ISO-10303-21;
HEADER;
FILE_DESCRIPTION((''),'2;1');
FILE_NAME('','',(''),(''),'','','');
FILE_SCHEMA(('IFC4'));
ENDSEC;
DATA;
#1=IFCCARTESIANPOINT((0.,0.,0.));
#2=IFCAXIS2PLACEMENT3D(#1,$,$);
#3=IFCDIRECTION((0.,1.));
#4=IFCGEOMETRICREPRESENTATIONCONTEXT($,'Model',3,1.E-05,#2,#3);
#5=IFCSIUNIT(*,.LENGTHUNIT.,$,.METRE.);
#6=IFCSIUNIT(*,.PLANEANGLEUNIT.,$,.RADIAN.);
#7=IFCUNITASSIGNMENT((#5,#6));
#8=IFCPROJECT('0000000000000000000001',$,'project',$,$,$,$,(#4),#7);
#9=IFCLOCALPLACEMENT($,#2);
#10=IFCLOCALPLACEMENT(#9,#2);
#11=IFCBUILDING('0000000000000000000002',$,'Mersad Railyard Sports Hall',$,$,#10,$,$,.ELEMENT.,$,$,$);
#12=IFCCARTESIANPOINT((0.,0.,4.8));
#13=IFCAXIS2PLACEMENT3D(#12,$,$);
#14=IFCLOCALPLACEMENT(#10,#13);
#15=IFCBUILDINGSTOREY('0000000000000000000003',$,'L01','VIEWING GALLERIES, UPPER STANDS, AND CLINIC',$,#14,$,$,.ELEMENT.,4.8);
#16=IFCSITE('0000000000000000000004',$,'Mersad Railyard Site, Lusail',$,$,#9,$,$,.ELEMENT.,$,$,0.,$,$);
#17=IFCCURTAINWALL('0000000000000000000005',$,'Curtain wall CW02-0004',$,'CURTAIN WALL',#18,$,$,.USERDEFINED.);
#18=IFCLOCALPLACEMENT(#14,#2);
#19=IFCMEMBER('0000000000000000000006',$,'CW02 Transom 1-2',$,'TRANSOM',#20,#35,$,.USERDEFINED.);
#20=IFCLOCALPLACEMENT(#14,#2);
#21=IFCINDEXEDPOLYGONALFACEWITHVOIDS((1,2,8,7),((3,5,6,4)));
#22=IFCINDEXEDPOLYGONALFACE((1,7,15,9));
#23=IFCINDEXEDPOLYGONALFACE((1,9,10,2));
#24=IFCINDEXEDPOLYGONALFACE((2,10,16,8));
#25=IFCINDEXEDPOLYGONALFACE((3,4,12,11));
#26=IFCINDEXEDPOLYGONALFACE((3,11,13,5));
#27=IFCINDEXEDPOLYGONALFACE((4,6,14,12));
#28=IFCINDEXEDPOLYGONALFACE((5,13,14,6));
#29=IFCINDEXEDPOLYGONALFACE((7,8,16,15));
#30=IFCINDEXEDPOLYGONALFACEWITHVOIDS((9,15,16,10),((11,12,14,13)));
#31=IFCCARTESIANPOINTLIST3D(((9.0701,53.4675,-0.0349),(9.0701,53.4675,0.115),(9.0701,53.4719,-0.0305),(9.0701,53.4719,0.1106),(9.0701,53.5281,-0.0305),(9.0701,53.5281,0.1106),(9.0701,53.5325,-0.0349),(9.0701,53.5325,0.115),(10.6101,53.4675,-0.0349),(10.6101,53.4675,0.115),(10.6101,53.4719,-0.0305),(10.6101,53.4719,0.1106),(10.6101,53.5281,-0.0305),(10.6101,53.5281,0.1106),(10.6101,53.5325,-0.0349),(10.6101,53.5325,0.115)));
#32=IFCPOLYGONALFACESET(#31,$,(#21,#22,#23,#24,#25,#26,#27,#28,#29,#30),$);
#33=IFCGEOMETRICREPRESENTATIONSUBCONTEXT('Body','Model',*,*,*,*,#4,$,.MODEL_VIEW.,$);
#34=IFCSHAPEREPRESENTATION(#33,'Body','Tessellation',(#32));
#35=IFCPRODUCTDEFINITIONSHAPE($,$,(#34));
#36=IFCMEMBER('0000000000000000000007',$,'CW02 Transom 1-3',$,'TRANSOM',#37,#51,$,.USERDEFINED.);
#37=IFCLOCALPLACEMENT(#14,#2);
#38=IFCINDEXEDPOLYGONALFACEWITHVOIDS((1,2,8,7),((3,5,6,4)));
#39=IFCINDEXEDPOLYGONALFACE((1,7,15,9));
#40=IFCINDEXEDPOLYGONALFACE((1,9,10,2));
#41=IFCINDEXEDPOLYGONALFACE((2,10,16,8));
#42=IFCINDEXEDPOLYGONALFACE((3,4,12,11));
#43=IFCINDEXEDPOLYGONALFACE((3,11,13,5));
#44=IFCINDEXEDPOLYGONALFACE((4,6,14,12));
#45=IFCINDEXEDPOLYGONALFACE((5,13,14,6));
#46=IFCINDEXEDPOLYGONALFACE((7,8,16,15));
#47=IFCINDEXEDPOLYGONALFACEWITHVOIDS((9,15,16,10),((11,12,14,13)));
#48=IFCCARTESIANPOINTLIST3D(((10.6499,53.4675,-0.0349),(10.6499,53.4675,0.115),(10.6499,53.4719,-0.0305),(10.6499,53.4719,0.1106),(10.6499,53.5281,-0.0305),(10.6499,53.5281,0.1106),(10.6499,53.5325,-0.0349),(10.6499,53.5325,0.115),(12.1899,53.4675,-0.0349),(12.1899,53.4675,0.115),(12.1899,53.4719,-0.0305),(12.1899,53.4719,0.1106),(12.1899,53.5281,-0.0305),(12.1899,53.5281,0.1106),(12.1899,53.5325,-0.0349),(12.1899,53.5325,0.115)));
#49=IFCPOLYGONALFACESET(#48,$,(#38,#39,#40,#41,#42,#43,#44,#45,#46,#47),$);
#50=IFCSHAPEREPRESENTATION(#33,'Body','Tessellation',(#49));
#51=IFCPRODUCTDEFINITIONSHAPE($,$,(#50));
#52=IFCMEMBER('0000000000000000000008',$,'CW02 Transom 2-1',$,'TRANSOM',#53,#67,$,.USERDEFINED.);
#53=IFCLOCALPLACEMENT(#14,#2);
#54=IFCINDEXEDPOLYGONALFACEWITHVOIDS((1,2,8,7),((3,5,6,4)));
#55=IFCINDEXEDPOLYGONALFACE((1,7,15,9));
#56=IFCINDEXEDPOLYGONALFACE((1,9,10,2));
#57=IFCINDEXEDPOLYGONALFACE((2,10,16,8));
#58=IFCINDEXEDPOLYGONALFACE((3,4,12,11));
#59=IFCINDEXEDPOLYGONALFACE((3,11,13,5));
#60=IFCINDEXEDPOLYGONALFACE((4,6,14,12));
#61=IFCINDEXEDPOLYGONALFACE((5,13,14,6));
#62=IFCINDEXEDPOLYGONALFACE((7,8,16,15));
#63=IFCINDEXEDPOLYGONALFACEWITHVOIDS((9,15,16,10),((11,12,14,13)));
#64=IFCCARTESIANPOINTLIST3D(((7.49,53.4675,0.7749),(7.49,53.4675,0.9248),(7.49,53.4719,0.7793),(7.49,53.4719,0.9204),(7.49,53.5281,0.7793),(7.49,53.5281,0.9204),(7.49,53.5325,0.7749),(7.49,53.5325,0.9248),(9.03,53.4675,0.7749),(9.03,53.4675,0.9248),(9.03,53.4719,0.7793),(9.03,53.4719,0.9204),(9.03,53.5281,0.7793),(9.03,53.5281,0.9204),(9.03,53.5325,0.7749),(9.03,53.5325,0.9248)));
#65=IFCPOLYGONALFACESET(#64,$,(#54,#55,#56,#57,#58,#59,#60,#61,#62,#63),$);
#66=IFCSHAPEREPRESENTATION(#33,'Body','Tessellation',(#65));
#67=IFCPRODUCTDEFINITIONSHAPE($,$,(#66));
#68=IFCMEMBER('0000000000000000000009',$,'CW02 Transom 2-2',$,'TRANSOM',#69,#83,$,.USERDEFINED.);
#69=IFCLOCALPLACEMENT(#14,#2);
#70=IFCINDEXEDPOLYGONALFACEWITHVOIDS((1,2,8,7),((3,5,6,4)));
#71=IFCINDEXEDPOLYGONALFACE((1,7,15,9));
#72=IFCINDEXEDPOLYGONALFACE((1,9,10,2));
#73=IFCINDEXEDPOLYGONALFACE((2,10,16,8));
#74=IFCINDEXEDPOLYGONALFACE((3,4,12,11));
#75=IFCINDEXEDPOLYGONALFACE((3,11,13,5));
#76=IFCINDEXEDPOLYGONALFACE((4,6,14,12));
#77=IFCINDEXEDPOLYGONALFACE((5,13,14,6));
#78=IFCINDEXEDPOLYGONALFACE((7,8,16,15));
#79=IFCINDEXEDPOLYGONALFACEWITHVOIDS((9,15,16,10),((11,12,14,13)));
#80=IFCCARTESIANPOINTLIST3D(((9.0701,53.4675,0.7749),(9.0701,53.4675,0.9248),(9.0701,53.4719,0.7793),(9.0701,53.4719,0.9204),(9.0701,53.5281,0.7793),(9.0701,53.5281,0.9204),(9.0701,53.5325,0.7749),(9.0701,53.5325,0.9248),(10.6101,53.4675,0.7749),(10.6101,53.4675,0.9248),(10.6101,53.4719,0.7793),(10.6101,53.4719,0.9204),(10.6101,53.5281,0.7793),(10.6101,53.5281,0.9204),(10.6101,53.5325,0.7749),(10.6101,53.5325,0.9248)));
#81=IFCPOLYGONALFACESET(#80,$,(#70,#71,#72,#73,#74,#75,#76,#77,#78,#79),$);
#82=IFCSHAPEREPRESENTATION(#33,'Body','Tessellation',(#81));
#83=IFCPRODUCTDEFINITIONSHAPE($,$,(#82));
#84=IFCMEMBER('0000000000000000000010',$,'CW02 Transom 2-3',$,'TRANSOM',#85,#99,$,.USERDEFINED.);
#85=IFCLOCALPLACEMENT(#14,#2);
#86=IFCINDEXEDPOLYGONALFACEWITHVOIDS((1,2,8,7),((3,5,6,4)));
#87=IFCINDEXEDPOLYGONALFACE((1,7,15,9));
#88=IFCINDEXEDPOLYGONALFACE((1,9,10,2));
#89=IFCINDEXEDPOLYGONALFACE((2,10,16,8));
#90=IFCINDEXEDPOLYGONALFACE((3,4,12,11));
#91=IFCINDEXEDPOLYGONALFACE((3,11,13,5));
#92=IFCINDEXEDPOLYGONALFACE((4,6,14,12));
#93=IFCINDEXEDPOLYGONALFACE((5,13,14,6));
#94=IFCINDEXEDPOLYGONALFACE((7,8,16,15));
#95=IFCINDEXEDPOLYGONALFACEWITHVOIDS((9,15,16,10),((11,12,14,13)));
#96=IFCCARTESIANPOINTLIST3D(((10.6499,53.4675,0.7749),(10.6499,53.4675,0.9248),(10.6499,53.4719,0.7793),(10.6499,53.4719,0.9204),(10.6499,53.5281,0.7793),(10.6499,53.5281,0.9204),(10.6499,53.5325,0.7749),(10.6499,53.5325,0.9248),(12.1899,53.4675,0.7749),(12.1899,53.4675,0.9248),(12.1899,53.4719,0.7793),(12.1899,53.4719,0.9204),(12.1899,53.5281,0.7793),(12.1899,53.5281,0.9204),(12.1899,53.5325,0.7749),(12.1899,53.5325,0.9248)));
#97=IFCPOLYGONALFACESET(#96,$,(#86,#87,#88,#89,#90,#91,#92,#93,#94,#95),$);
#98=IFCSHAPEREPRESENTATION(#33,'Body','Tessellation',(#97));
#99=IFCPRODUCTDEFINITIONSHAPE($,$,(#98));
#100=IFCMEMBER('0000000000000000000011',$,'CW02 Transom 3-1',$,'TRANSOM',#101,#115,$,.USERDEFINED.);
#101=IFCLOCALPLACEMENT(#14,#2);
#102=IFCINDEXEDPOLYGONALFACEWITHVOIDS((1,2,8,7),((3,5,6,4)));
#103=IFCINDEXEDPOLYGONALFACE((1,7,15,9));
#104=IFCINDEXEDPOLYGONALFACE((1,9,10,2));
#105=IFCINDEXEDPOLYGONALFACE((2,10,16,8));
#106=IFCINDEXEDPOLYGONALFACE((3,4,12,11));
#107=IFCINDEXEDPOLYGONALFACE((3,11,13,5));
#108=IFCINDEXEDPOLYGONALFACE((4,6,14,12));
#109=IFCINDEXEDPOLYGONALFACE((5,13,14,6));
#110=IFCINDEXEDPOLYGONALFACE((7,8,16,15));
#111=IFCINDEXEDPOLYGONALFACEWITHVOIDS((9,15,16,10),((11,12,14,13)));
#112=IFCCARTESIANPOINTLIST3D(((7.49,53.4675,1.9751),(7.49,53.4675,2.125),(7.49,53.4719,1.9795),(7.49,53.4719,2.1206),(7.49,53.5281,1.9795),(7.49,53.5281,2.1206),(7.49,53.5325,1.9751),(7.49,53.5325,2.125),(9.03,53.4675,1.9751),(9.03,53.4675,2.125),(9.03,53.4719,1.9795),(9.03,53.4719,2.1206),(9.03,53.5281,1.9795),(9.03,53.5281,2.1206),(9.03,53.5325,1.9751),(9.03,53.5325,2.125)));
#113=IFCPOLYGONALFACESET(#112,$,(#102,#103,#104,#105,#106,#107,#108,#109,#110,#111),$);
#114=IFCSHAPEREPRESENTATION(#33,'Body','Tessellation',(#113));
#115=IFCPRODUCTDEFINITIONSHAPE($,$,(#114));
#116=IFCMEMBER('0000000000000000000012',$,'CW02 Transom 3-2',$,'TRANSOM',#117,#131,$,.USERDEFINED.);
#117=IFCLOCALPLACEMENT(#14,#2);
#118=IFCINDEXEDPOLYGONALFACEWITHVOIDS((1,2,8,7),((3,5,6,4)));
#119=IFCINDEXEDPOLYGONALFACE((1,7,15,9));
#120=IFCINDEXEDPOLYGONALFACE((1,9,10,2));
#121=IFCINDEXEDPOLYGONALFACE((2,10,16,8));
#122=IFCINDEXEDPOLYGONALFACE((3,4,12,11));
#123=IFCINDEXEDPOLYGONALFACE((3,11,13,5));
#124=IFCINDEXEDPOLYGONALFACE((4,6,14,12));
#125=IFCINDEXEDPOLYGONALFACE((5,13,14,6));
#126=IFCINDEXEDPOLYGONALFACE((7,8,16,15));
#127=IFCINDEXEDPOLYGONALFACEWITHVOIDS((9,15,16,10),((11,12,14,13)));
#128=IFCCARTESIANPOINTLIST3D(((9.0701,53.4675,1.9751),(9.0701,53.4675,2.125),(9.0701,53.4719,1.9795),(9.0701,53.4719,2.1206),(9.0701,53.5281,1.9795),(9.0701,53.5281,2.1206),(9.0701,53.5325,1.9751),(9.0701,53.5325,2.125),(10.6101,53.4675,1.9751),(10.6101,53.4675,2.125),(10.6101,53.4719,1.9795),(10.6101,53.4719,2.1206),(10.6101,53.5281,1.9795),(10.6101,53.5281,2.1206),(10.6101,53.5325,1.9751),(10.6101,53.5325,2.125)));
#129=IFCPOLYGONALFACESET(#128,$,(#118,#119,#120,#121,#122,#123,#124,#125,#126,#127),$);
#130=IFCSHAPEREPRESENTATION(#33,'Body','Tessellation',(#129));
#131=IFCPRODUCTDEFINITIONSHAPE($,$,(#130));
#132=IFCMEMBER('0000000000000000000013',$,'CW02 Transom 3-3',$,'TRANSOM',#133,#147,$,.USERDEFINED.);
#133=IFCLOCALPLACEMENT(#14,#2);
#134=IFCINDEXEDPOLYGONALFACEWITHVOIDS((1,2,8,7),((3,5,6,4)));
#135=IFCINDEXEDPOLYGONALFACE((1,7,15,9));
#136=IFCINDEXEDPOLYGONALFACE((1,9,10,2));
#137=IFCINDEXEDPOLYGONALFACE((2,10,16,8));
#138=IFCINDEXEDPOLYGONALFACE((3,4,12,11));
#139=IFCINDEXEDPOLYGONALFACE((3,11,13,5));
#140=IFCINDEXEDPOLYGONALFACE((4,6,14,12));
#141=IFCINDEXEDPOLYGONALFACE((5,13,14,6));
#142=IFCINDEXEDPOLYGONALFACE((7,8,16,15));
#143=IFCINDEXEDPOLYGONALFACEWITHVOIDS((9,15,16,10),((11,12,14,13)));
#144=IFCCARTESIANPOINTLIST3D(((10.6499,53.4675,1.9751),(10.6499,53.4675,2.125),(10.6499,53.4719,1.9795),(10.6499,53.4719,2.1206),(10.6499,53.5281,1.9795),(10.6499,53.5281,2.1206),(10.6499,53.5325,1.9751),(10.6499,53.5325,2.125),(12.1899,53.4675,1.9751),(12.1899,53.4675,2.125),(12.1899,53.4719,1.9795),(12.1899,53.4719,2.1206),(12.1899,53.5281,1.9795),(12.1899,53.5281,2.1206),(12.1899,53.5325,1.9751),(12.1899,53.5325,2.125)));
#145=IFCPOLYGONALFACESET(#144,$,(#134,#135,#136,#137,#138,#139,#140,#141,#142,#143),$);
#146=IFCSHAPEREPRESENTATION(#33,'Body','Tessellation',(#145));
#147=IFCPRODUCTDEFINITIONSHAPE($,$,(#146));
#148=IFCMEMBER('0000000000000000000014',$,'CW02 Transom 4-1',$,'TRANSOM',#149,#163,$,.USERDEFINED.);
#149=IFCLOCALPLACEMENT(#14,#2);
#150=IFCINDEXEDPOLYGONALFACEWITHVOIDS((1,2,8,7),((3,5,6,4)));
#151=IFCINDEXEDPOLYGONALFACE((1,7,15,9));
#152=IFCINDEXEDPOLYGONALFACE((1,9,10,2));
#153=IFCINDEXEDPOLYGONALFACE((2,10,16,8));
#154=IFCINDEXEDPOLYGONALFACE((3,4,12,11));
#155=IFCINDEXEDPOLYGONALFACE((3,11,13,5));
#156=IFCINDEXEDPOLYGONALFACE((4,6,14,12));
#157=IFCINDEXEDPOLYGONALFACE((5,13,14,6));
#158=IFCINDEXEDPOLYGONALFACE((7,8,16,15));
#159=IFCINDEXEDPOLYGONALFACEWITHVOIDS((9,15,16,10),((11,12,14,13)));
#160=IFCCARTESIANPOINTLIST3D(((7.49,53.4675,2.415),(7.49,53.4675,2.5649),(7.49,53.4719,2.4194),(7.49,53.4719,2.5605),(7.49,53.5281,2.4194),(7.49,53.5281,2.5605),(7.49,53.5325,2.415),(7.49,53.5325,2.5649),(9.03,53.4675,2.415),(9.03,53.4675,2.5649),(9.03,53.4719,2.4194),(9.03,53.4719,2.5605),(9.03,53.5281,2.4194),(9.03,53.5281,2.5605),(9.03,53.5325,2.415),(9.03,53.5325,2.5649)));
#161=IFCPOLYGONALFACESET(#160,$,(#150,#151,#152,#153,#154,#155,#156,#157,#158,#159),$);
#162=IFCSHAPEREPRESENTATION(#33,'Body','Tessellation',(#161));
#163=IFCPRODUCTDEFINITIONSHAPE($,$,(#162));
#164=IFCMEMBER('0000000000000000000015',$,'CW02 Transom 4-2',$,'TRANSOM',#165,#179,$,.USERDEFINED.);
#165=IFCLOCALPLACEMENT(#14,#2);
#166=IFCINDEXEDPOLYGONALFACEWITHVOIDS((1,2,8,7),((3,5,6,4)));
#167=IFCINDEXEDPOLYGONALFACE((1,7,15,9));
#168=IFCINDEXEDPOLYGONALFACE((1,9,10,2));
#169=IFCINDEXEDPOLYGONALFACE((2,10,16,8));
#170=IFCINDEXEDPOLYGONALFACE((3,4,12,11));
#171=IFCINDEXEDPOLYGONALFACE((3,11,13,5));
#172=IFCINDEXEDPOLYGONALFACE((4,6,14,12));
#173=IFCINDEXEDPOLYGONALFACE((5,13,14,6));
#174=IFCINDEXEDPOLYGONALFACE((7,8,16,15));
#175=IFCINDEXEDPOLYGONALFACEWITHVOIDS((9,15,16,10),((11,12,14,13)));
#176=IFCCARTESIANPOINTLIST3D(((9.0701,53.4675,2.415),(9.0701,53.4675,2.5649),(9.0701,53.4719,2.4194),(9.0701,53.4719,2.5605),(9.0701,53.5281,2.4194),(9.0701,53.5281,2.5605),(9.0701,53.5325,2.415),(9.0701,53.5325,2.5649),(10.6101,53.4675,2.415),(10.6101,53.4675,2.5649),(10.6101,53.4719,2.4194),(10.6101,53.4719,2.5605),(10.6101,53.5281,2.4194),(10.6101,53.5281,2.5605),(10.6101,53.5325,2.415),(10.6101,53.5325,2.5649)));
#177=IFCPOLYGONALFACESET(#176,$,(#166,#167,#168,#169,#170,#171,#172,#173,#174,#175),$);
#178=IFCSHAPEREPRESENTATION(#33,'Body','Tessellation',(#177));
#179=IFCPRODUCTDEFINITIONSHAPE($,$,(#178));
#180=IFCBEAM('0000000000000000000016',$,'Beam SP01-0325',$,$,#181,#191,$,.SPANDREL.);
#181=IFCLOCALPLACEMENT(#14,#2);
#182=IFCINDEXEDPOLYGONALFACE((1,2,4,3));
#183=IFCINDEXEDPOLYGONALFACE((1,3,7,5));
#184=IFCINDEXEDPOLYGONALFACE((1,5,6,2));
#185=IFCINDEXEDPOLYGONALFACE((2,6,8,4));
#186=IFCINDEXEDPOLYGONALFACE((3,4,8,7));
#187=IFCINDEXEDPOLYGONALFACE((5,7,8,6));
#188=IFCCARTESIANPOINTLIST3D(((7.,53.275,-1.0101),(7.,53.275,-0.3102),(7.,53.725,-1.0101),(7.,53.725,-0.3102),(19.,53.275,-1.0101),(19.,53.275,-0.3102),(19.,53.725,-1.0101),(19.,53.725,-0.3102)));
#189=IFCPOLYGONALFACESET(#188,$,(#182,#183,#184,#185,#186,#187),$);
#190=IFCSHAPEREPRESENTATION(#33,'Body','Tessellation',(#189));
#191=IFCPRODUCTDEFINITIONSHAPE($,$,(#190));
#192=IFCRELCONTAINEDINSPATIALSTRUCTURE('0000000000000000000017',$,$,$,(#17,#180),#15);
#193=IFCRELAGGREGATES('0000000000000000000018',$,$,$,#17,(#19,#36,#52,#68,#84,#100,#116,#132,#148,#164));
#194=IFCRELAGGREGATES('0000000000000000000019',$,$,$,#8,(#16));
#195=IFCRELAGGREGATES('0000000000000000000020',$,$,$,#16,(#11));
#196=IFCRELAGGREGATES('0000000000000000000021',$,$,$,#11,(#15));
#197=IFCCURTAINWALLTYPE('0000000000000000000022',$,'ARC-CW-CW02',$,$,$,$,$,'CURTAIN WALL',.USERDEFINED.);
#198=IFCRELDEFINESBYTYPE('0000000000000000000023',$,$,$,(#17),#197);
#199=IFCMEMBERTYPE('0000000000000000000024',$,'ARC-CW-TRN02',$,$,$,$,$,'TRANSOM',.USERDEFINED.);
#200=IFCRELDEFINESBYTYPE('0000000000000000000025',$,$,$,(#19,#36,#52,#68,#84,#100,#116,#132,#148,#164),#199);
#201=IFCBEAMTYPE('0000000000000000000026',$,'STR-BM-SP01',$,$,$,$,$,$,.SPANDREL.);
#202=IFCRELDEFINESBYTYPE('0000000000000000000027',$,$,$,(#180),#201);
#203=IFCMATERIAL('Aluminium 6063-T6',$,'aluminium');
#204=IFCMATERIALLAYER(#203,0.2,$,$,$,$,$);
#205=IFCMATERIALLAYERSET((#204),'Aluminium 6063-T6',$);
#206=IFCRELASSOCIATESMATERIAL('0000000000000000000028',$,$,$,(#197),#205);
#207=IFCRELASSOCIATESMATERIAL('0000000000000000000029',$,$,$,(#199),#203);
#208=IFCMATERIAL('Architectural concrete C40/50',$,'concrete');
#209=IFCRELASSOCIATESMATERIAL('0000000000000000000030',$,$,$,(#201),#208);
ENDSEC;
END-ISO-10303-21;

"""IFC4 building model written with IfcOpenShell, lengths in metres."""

from ifc_helpers import new_model, si_unit, direction, frame, origin, origin_2d, place, context, subcontext, project, spatial, rectangle, hollow_rectangle, extrude, material, layer, layer_set, material_profile, profile_set, type_object, element, aggregate, save


model = new_model("IFC4")

# Units and contexts
model_context = context("Model", 3, precision=1e-05, world=origin(), true_north=direction((0.0, 1.0)))
body_context = subcontext(model_context, "Body", "Model", "MODEL_VIEW")
ifc_project = project(units=[si_unit("LENGTHUNIT", "METRE"), si_unit("PLANEANGLEUNIT", "RADIAN")], contexts=[model_context])

# Site, building, storey
site_placement = place(None, origin())
site = spatial("IfcSite", under=ifc_project, at=site_placement, Name="Mersad Railyard Site, Lusail", CompositionType="ELEMENT", RefElevation=0.0)
building_placement = place(site_placement, origin())
building = spatial("IfcBuilding", under=site, at=building_placement, Name="Mersad Railyard Sports Hall", CompositionType="ELEMENT")
storey_placement = place(building_placement, frame((0.0, 0.0, 4.8)))
storey = spatial("IfcBuildingStorey", under=building, at=storey_placement, Name="L01", Description="VIEWING GALLERIES, UPPER STANDS, AND CLINIC", CompositionType="ELEMENT", Elevation=4.8)

# Shared definitions
ifc_material_1 = material(Name="Aluminium 6063-T6", Category="aluminium")

# Curtain wall
ifc_layer_1 = layer(ifc_material_1, 0.2)
ifc_layer_set_1 = layer_set([ifc_layer_1], Name="Aluminium 6063-T6")
curtain_wall_type_1 = type_object("IfcCurtainWallType", Name="ARC-CW-CW02", ElementType="CURTAIN WALL", PredefinedType="USERDEFINED", material=ifc_layer_set_1)
curtain_wall_1_placement = place(storey_placement, origin())
curtain_wall_1 = element("IfcCurtainWall", 1, at=curtain_wall_1_placement, inside=storey, type_object=curtain_wall_type_1, Name="Curtain wall CW02-0004", ObjectType="CURTAIN WALL", PredefinedType="USERDEFINED")

# Members
ifc_material_profile_1 = material_profile(ifc_material_1, hollow_rectangle(XDim=0.0649, YDim=0.1499, WallThickness=0.0044, at=origin_2d()), Name="AL TRANSOM 65x150x4.5")
ifc_profile_set_1 = profile_set([ifc_material_profile_1], Name="Aluminium 6063-T6")
member_type_1 = type_object("IfcMemberType", Name="ARC-CW-TRN02", ElementType="TRANSOM", PredefinedType="USERDEFINED", material=ifc_profile_set_1)
member_1_placement = place(storey_placement, frame((9.0701, 53.5, 0.04), z_axis=(1.0, 0.0, 0.0), x_axis=(0.0, 1.0, 0.0)))
member_1 = element("IfcMember", 2, at=member_1_placement, type_object=member_type_1, Name="CW02 Transom 1-2", ObjectType="TRANSOM", PredefinedType="USERDEFINED", context=body_context, shape_type="SweptSolid", body=[
    extrude(hollow_rectangle(XDim=0.0649, YDim=0.1499, WallThickness=0.0044, at=origin_2d()), origin(), (0.0, 0.0, 1.0), 1.54),
])
member_2_placement = place(storey_placement, frame((10.6499, 53.5, 0.04), z_axis=(1.0, 0.0, 0.0), x_axis=(0.0, 1.0, 0.0)))
member_2 = element("IfcMember", 3, at=member_2_placement, type_object=member_type_1, Name="CW02 Transom 1-3", ObjectType="TRANSOM", PredefinedType="USERDEFINED", context=body_context, shape_type="SweptSolid", body=[
    extrude(hollow_rectangle(XDim=0.0649, YDim=0.1499, WallThickness=0.0044, at=origin_2d()), origin(), (0.0, 0.0, 1.0), 1.54),
])
member_3_placement = place(storey_placement, frame((7.49, 53.5, 0.8499), z_axis=(1.0, 0.0, 0.0), x_axis=(0.0, 1.0, 0.0)))
member_3 = element("IfcMember", 4, at=member_3_placement, type_object=member_type_1, Name="CW02 Transom 2-1", ObjectType="TRANSOM", PredefinedType="USERDEFINED", context=body_context, shape_type="SweptSolid", body=[
    extrude(hollow_rectangle(XDim=0.0649, YDim=0.1499, WallThickness=0.0044, at=origin_2d()), origin(), (0.0, 0.0, 1.0), 1.54),
])
member_4_placement = place(storey_placement, frame((9.0701, 53.5, 0.8499), z_axis=(1.0, 0.0, 0.0), x_axis=(0.0, 1.0, 0.0)))
member_4 = element("IfcMember", 5, at=member_4_placement, type_object=member_type_1, Name="CW02 Transom 2-2", ObjectType="TRANSOM", PredefinedType="USERDEFINED", context=body_context, shape_type="SweptSolid", body=[
    extrude(hollow_rectangle(XDim=0.0649, YDim=0.1499, WallThickness=0.0044, at=origin_2d()), origin(), (0.0, 0.0, 1.0), 1.54),
])
member_5_placement = place(storey_placement, frame((10.6499, 53.5, 0.8499), z_axis=(1.0, 0.0, 0.0), x_axis=(0.0, 1.0, 0.0)))
member_5 = element("IfcMember", 6, at=member_5_placement, type_object=member_type_1, Name="CW02 Transom 2-3", ObjectType="TRANSOM", PredefinedType="USERDEFINED", context=body_context, shape_type="SweptSolid", body=[
    extrude(hollow_rectangle(XDim=0.0649, YDim=0.1499, WallThickness=0.0044, at=origin_2d()), origin(), (0.0, 0.0, 1.0), 1.54),
])
member_6_placement = place(storey_placement, frame((7.49, 53.5, 2.05), z_axis=(1.0, 0.0, 0.0), x_axis=(0.0, 1.0, 0.0)))
member_6 = element("IfcMember", 7, at=member_6_placement, type_object=member_type_1, Name="CW02 Transom 3-1", ObjectType="TRANSOM", PredefinedType="USERDEFINED", context=body_context, shape_type="SweptSolid", body=[
    extrude(hollow_rectangle(XDim=0.0649, YDim=0.1499, WallThickness=0.0044, at=origin_2d()), origin(), (0.0, 0.0, 1.0), 1.54),
])
member_7_placement = place(storey_placement, frame((9.0701, 53.5, 2.05), z_axis=(1.0, 0.0, 0.0), x_axis=(0.0, 1.0, 0.0)))
member_7 = element("IfcMember", 8, at=member_7_placement, type_object=member_type_1, Name="CW02 Transom 3-2", ObjectType="TRANSOM", PredefinedType="USERDEFINED", context=body_context, shape_type="SweptSolid", body=[
    extrude(hollow_rectangle(XDim=0.0649, YDim=0.1499, WallThickness=0.0044, at=origin_2d()), origin(), (0.0, 0.0, 1.0), 1.54),
])
member_8_placement = place(storey_placement, frame((10.6499, 53.5, 2.05), z_axis=(1.0, 0.0, 0.0), x_axis=(0.0, 1.0, 0.0)))
member_8 = element("IfcMember", 9, at=member_8_placement, type_object=member_type_1, Name="CW02 Transom 3-3", ObjectType="TRANSOM", PredefinedType="USERDEFINED", context=body_context, shape_type="SweptSolid", body=[
    extrude(hollow_rectangle(XDim=0.0649, YDim=0.1499, WallThickness=0.0044, at=origin_2d()), origin(), (0.0, 0.0, 1.0), 1.54),
])
member_9_placement = place(storey_placement, frame((7.49, 53.5, 2.49), z_axis=(1.0, 0.0, 0.0), x_axis=(0.0, 1.0, 0.0)))
member_9 = element("IfcMember", 10, at=member_9_placement, type_object=member_type_1, Name="CW02 Transom 4-1", ObjectType="TRANSOM", PredefinedType="USERDEFINED", context=body_context, shape_type="SweptSolid", body=[
    extrude(hollow_rectangle(XDim=0.0649, YDim=0.1499, WallThickness=0.0044, at=origin_2d()), origin(), (0.0, 0.0, 1.0), 1.54),
])
member_10_placement = place(storey_placement, frame((9.0701, 53.5, 2.49), z_axis=(1.0, 0.0, 0.0), x_axis=(0.0, 1.0, 0.0)))
member_10 = element("IfcMember", 11, at=member_10_placement, type_object=member_type_1, Name="CW02 Transom 4-2", ObjectType="TRANSOM", PredefinedType="USERDEFINED", context=body_context, shape_type="SweptSolid", body=[
    extrude(hollow_rectangle(XDim=0.0649, YDim=0.1499, WallThickness=0.0044, at=origin_2d()), origin(), (0.0, 0.0, 1.0), 1.54),
])

# Beam
ifc_material_2 = material(Name="Architectural concrete C40/50", Category="concrete")
ifc_material_profile_2 = material_profile(ifc_material_2, rectangle(XDim=0.45, YDim=0.7, at=origin_2d()), Name="RC 450x700")
ifc_profile_set_2 = profile_set([ifc_material_profile_2], Name="Architectural concrete C40/50")
beam_type_1 = type_object("IfcBeamType", Name="STR-BM-SP01", PredefinedType="SPANDREL", material=ifc_profile_set_2)
beam_1_placement = place(storey_placement, frame((7.0, 53.5, -0.6602), z_axis=(1.0, 0.0, 0.0), x_axis=(0.0, 1.0, 0.0)))
element("IfcBeam", 12, at=beam_1_placement, inside=storey, type_object=beam_type_1, Name="Beam SP01-0325", PredefinedType="SPANDREL", context=body_context, shape_type="SweptSolid", body=[
    extrude(rectangle(XDim=0.45, YDim=0.7, at=origin_2d()), origin(), (0.0, 0.0, 1.0), 12.0),
])

aggregate(curtain_wall_1, [member_1, member_2, member_3, member_4, member_5, member_6, member_7, member_8, member_9, member_10])

save(model, "model.ifc")
